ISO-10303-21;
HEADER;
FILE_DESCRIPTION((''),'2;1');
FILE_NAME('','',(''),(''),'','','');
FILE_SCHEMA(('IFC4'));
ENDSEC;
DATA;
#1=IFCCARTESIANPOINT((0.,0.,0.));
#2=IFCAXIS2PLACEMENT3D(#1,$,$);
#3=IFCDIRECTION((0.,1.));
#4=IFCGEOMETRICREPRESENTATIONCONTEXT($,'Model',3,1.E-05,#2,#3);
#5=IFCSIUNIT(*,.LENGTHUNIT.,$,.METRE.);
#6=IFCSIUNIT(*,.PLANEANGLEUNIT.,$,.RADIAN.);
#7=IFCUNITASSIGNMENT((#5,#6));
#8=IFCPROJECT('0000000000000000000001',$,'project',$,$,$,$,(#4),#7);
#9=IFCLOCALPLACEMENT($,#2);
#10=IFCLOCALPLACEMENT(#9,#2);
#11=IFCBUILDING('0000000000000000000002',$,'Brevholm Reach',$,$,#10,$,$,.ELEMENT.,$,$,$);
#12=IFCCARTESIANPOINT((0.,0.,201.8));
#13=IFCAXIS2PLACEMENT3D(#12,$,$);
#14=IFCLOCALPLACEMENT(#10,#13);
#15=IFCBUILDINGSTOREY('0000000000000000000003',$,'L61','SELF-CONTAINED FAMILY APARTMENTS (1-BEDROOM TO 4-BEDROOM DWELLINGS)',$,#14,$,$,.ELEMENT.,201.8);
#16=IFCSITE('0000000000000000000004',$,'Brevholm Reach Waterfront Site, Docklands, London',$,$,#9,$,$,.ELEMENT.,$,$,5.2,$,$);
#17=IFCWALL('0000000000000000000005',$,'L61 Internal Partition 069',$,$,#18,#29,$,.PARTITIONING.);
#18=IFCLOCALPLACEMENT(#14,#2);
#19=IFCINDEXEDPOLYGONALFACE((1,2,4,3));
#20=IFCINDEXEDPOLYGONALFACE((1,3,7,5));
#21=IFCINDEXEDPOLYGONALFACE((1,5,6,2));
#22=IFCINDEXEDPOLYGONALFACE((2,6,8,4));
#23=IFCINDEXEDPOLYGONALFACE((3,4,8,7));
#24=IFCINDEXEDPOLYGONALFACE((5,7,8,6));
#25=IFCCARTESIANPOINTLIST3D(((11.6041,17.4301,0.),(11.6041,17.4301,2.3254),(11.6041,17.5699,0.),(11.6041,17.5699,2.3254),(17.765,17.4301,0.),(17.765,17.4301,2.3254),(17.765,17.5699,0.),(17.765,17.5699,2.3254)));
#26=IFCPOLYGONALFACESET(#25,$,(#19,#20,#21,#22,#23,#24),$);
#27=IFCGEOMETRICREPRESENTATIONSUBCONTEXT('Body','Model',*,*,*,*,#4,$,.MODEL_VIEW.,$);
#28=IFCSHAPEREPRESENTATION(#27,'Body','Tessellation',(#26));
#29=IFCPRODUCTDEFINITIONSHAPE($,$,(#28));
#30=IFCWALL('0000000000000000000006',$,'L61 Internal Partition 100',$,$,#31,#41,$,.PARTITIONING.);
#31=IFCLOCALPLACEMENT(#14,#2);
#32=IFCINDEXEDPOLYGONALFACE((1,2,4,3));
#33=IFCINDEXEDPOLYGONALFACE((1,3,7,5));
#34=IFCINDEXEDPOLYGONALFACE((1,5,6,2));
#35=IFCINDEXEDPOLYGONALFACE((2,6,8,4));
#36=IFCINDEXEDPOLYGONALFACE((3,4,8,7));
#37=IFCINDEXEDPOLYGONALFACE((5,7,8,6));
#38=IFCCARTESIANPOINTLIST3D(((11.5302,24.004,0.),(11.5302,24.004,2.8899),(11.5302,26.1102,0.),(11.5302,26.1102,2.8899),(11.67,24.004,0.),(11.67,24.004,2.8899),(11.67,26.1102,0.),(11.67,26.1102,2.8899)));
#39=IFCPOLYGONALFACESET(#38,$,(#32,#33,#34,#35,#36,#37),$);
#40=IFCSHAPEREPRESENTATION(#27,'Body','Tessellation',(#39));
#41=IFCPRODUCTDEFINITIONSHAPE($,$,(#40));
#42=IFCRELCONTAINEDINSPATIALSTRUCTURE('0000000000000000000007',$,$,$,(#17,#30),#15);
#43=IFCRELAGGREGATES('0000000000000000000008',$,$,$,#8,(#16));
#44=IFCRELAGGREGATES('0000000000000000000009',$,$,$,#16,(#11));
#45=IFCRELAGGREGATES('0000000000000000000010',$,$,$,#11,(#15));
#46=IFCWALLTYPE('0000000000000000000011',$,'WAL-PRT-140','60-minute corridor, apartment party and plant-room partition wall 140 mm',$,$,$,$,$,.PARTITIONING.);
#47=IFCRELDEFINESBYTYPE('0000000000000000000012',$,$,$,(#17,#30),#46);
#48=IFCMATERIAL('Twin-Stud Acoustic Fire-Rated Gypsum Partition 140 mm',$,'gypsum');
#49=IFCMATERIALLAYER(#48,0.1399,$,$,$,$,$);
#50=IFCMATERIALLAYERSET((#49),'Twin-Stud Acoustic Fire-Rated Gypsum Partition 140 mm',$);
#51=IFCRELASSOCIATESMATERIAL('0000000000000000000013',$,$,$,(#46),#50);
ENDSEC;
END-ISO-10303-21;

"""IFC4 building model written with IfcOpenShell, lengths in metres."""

from ifc_helpers import new_model, si_unit, direction, frame, frame_2d, origin, place, context, subcontext, project, spatial, rectangle, extrude, material, layer, layer_set, type_object, element, save


model = new_model("IFC4")

# Units and contexts
model_context = context("Model", 3, precision=1e-05, world=origin(), true_north=direction((0.0, 1.0)))
body_context = subcontext(model_context, "Body", "Model", "MODEL_VIEW")
ifc_project = project(units=[si_unit("LENGTHUNIT", "METRE"), si_unit("PLANEANGLEUNIT", "RADIAN")], contexts=[model_context])

# Site, building, storey
site_placement = place(None, origin())
site = spatial("IfcSite", under=ifc_project, at=site_placement, Name="Brevholm Reach Waterfront Site, Docklands, London", CompositionType="ELEMENT", RefElevation=5.2)
building_placement = place(site_placement, origin())
building = spatial("IfcBuilding", under=site, at=building_placement, Name="Brevholm Reach", CompositionType="ELEMENT")
storey_placement = place(building_placement, frame((0.0, 0.0, 201.8)))
storey = spatial("IfcBuildingStorey", under=building, at=storey_placement, Name="L61", Description="SELF-CONTAINED FAMILY APARTMENTS (1-BEDROOM TO 4-BEDROOM DWELLINGS)", CompositionType="ELEMENT", Elevation=201.8)

# Shared definitions
ifc_material_1 = material(Name="Twin-Stud Acoustic Fire-Rated Gypsum Partition 140 mm", Category="gypsum")
ifc_layer_1 = layer(ifc_material_1, 0.1399)
ifc_layer_set_1 = layer_set([ifc_layer_1], Name="Twin-Stud Acoustic Fire-Rated Gypsum Partition 140 mm")
wall_type_1 = type_object("IfcWallType", Name="WAL-PRT-140", Description="60-minute corridor, apartment party and plant-room partition wall 140 mm", PredefinedType="PARTITIONING", material=ifc_layer_set_1)

# Walls
wall_1_placement = place(storey_placement, frame((11.604, 17.5, 0.0), z_axis=(0.0, 0.0, 1.0), x_axis=(1.0, 0.0, 0.0)))
element("IfcWall", 1, at=wall_1_placement, inside=storey, type_object=wall_type_1, Name="L61 Internal Partition 069", PredefinedType="PARTITIONING", context=body_context, shape_type="SweptSolid", body=[
    extrude(rectangle(XDim=6.1609, YDim=0.1399, at=frame_2d((3.0806, 0.0))), origin(), (0.0, 0.0, 1.0), 2.3254),
])
wall_2_placement = place(storey_placement, frame((11.6001, 24.0039, 0.0), z_axis=(0.0, 0.0, 1.0), x_axis=(0.0, 1.0, 0.0)))
element("IfcWall", 2, at=wall_2_placement, inside=storey, type_object=wall_type_1, Name="L61 Internal Partition 100", PredefinedType="PARTITIONING", context=body_context, shape_type="SweptSolid", body=[
    extrude(rectangle(XDim=2.1062, YDim=0.1399, at=frame_2d((1.0532, 0.0))), origin(), (0.0, 0.0, 1.0), 2.8899),
])

save(model, "model.ifc")
